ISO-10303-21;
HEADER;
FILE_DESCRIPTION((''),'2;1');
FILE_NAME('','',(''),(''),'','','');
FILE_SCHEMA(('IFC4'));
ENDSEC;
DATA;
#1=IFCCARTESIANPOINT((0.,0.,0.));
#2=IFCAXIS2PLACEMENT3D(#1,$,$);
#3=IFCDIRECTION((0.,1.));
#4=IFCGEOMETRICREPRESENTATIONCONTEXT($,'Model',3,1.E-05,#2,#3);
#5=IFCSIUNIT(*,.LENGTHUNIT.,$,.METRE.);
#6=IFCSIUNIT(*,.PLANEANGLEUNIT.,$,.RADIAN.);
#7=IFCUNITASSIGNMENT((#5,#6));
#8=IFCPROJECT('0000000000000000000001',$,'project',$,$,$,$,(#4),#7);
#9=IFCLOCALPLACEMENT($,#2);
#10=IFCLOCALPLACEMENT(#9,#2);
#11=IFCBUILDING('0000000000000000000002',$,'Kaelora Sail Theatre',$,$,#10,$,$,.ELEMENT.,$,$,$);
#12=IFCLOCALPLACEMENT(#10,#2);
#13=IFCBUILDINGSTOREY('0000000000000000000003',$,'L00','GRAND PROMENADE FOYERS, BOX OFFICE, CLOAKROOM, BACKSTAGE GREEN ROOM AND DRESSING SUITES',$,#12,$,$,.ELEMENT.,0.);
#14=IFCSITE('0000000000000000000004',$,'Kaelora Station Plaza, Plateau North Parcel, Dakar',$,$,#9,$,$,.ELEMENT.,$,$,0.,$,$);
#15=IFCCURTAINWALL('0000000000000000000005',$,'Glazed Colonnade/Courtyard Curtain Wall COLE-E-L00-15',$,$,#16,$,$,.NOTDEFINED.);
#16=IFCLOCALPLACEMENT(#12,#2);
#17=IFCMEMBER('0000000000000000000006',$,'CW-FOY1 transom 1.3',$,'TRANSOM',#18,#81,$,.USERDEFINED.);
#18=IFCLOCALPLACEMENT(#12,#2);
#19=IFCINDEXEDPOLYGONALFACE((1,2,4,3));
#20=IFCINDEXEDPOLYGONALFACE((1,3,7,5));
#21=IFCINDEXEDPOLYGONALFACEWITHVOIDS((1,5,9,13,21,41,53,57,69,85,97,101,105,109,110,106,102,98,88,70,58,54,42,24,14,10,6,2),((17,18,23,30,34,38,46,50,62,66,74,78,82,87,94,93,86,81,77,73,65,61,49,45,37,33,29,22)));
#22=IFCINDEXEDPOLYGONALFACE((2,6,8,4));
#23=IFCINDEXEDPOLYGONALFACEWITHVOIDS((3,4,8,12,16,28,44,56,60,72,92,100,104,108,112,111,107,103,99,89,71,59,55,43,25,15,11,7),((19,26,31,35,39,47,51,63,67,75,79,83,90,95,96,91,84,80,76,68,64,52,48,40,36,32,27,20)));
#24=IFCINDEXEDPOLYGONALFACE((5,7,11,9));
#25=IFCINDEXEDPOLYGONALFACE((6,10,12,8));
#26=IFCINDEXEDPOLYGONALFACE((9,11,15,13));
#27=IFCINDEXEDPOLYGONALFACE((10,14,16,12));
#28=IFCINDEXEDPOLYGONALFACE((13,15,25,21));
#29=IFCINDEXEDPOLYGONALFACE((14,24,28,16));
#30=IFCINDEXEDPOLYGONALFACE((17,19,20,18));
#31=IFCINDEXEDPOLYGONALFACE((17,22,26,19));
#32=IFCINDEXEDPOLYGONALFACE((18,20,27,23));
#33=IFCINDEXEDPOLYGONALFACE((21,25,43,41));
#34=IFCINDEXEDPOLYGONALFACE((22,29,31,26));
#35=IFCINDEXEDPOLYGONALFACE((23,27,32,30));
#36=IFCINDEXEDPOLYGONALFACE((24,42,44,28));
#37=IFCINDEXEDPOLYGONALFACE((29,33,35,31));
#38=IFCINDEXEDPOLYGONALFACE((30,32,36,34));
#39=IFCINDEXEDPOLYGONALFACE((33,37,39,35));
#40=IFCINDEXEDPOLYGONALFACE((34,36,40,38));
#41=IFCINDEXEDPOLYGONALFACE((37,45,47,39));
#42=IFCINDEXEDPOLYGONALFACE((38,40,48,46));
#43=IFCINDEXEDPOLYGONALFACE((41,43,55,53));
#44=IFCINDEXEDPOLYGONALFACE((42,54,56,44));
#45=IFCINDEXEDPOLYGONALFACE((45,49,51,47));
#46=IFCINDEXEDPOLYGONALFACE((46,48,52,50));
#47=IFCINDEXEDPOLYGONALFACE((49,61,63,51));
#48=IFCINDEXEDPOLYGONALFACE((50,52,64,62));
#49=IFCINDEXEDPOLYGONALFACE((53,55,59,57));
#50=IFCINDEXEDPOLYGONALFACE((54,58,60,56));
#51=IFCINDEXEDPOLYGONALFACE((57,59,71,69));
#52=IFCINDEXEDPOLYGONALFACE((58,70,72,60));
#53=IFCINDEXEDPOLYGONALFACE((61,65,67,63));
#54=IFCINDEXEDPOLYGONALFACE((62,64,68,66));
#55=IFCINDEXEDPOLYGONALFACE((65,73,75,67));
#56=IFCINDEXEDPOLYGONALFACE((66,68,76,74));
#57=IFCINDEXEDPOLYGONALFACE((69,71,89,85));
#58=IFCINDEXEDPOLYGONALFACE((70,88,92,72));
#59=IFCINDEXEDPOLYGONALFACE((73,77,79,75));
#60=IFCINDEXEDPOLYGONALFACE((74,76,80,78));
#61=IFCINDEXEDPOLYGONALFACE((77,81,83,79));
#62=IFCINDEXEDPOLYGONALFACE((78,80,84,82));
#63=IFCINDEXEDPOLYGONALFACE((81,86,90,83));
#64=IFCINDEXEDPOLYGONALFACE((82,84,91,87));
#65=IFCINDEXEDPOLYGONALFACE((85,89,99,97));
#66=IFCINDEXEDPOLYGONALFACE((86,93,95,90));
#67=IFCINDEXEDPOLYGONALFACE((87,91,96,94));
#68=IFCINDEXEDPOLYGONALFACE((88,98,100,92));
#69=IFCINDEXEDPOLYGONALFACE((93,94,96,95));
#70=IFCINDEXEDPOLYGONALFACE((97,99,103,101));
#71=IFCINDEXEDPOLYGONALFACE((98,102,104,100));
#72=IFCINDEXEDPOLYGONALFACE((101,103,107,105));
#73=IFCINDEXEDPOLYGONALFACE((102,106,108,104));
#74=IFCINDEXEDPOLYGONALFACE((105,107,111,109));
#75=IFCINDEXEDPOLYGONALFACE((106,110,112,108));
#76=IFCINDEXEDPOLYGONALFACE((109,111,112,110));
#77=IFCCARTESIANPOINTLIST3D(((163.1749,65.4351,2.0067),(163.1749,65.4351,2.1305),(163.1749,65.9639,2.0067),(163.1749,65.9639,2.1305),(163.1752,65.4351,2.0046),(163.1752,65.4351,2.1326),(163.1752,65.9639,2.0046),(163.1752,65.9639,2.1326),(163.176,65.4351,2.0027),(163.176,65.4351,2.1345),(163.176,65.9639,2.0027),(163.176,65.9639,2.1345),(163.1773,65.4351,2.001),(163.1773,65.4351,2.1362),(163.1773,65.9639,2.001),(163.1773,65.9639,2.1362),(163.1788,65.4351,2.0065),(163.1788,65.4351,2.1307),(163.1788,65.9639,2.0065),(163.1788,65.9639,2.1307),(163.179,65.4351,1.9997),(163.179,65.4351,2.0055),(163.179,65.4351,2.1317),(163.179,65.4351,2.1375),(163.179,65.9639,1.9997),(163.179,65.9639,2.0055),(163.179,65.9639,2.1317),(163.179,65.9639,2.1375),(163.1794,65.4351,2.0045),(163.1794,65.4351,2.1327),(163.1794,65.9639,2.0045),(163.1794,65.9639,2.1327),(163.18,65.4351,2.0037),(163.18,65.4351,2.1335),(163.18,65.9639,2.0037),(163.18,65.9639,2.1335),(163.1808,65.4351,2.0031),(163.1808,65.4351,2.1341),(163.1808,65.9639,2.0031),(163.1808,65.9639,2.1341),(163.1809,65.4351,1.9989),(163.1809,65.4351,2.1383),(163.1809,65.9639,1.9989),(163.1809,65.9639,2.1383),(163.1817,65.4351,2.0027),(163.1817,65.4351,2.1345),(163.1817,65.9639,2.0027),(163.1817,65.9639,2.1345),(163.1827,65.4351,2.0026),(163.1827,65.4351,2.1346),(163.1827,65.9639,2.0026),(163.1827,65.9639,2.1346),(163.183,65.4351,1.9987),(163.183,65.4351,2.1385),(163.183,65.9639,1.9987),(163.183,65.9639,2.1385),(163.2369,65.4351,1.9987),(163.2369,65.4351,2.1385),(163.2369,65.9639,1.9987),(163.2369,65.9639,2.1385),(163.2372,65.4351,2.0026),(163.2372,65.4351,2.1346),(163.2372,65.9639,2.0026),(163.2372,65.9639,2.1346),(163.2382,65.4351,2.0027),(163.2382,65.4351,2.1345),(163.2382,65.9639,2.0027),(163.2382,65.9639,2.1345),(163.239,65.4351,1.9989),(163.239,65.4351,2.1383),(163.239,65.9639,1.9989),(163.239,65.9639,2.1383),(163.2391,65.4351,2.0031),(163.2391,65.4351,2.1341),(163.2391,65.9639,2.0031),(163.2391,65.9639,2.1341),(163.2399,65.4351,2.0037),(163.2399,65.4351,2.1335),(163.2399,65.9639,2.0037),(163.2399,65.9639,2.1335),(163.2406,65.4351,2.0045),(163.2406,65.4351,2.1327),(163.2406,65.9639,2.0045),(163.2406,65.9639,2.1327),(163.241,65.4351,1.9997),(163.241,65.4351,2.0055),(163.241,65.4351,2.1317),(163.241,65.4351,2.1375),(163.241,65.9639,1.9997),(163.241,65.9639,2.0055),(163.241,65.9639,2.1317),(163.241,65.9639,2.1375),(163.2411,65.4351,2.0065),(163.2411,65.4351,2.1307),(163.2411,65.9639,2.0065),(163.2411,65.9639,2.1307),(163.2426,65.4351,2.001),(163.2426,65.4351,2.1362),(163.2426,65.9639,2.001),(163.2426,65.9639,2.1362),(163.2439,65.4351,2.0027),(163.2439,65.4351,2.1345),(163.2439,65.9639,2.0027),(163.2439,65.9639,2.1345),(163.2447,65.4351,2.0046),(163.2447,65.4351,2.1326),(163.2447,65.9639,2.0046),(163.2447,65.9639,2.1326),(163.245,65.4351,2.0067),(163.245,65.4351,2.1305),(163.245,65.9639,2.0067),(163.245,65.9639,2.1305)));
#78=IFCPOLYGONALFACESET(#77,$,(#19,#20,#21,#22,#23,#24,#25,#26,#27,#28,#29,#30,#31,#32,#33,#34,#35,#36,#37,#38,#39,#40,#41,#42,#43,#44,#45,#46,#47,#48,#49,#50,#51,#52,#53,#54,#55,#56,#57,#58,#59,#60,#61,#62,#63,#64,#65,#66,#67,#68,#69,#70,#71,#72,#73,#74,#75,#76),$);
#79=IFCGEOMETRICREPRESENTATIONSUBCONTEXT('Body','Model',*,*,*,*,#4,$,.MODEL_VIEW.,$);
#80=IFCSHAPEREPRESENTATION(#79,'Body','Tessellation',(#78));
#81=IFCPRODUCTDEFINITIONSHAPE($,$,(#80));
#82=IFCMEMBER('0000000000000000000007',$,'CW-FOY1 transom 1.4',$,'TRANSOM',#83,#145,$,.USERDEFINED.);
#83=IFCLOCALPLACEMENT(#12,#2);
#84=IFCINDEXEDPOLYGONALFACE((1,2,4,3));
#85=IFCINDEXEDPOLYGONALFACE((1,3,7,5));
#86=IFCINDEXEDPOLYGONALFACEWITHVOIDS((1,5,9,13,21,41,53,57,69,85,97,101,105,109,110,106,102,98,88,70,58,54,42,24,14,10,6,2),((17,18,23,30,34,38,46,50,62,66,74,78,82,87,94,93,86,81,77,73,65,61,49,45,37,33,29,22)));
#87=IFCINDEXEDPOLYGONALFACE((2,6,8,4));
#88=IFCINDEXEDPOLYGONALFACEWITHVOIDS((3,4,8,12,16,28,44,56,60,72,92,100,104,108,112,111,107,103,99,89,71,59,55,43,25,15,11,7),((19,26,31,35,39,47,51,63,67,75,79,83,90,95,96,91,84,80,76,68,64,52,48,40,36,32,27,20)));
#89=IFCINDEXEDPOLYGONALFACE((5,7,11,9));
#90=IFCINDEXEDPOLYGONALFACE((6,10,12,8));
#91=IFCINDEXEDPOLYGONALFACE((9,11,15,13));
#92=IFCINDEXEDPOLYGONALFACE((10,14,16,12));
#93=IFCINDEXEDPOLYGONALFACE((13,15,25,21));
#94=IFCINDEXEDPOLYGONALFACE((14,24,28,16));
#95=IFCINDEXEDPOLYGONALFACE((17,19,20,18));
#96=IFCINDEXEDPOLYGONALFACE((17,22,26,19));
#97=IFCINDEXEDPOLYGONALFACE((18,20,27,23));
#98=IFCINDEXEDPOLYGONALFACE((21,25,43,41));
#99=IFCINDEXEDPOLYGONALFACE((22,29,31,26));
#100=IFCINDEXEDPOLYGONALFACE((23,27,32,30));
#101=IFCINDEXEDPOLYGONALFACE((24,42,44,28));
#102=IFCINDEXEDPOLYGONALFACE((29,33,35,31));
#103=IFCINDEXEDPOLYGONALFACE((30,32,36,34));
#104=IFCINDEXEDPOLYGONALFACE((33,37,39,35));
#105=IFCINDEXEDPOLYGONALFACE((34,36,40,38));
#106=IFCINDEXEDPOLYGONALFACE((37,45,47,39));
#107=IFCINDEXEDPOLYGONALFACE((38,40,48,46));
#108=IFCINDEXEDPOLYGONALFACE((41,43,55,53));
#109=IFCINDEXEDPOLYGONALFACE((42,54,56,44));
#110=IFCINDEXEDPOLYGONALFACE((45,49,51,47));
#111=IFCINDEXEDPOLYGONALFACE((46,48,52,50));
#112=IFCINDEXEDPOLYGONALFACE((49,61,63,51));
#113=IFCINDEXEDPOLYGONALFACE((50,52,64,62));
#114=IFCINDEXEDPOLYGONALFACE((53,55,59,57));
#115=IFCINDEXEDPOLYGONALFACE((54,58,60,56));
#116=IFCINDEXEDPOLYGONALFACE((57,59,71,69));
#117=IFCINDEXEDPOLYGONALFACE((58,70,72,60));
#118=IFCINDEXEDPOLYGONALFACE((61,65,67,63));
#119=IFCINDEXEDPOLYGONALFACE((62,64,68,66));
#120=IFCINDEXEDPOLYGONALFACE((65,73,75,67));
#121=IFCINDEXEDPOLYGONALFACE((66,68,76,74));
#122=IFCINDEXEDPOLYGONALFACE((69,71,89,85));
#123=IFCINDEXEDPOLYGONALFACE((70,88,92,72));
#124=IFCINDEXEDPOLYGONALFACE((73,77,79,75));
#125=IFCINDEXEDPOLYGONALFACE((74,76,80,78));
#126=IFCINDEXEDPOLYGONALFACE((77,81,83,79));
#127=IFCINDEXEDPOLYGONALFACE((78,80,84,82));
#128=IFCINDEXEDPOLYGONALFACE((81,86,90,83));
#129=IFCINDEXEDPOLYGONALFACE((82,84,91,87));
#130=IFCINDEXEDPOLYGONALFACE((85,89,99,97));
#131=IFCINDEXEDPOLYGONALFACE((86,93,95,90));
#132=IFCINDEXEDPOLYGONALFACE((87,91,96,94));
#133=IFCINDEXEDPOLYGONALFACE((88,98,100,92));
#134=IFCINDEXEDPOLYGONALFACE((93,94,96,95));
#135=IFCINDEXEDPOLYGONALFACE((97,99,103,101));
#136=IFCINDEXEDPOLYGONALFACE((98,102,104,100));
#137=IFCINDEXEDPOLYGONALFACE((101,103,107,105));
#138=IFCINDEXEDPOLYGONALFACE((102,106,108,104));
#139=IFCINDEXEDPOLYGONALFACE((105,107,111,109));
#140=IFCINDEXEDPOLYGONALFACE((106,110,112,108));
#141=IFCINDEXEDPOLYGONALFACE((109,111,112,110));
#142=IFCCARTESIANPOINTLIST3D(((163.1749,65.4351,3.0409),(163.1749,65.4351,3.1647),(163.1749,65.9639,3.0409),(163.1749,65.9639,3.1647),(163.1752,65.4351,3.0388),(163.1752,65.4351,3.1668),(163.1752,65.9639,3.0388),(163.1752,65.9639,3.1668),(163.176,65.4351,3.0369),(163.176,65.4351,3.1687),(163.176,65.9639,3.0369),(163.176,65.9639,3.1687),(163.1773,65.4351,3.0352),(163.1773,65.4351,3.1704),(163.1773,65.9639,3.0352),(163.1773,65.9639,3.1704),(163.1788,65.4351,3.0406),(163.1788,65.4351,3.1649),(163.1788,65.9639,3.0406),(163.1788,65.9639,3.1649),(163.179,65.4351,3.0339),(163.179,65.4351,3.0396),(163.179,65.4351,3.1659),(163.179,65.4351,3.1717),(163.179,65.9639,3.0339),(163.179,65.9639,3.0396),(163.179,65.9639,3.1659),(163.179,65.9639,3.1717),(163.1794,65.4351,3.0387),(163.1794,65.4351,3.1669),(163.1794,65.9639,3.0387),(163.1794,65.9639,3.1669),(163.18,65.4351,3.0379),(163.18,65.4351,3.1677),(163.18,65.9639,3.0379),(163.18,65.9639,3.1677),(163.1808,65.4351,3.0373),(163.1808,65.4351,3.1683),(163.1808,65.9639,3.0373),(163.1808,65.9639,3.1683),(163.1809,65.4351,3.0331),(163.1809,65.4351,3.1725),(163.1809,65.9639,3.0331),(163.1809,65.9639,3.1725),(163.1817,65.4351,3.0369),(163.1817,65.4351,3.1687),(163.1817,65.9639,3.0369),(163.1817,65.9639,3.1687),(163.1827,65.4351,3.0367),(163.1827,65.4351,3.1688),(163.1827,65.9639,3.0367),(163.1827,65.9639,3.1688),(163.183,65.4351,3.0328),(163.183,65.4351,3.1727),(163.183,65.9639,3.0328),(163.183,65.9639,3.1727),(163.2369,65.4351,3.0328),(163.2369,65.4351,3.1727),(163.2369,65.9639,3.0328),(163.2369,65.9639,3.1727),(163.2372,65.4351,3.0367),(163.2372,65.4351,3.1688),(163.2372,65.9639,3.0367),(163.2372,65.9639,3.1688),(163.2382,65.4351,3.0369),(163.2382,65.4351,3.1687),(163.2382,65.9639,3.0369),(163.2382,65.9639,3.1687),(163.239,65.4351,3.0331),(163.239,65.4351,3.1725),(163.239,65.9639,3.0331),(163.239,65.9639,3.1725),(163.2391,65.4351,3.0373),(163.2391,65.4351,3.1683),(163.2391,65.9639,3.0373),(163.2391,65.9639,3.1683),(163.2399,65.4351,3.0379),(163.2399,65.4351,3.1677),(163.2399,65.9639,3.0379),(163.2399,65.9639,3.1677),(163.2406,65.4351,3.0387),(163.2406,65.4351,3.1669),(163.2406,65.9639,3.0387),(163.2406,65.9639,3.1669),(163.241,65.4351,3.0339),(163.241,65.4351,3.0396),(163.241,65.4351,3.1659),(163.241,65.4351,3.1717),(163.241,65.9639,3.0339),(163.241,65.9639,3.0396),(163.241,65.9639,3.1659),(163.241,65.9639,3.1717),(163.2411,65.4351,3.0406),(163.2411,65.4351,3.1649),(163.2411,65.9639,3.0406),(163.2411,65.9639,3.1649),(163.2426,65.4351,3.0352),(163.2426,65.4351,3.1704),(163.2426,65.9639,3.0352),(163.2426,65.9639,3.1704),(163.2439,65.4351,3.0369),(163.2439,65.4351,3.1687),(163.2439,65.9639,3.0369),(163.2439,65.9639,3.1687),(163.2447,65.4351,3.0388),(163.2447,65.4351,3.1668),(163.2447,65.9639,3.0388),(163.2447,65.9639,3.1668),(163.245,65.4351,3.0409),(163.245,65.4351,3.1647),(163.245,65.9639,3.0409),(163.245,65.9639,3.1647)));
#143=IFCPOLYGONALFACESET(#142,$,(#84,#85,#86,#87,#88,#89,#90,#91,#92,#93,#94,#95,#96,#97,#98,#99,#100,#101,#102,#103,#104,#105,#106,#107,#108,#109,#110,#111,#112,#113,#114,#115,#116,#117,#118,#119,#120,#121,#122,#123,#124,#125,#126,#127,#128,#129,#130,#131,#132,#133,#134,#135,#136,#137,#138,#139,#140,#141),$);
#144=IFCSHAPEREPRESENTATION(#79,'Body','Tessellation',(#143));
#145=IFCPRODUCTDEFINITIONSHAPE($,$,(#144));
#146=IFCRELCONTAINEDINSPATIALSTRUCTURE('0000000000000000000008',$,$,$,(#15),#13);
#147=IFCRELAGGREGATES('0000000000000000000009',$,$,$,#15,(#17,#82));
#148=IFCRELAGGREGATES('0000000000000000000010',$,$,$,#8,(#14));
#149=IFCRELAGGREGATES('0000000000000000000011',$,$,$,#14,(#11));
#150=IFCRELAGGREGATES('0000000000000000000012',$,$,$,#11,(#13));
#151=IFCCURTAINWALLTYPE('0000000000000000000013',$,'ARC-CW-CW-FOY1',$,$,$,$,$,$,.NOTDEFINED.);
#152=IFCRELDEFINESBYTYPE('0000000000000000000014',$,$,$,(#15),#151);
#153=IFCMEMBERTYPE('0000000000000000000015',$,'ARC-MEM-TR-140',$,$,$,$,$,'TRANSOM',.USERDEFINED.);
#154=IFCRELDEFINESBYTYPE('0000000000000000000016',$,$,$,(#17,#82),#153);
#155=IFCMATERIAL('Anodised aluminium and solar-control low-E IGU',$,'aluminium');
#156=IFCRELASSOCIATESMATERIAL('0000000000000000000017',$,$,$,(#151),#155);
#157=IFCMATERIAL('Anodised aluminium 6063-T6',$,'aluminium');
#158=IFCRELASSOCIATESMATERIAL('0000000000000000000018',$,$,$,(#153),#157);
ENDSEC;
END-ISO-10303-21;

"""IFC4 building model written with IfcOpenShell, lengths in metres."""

from ifc_helpers import new_model, si_unit, direction, frame, origin, origin_2d, place, context, subcontext, project, spatial, hollow_rectangle, extrude, material, material_profile, profile_set, type_object, element, aggregate, save


model = new_model("IFC4")

# Units and contexts
model_context = context("Model", 3, precision=1e-05, world=origin(), true_north=direction((0.0, 1.0)))
body_context = subcontext(model_context, "Body", "Model", "MODEL_VIEW")
ifc_project = project(units=[si_unit("LENGTHUNIT", "METRE"), si_unit("PLANEANGLEUNIT", "RADIAN")], contexts=[model_context])

# Site, building, storey
site_placement = place(None, origin())
site = spatial("IfcSite", under=ifc_project, at=site_placement, Name="Kaelora Station Plaza, Plateau North Parcel, Dakar", CompositionType="ELEMENT", RefElevation=0.0)
building_placement = place(site_placement, origin())
building = spatial("IfcBuilding", under=site, at=building_placement, Name="Kaelora Sail Theatre", CompositionType="ELEMENT")
storey_placement = place(building_placement, origin())
storey = spatial("IfcBuildingStorey", under=building, at=storey_placement, Name="L00", Description="GRAND PROMENADE FOYERS, BOX OFFICE, CLOAKROOM, BACKSTAGE GREEN ROOM AND DRESSING SUITES", CompositionType="ELEMENT", Elevation=0.0)

# Curtain wall, members
ifc_material_1 = material(Name="Anodised aluminium and solar-control low-E IGU", Category="aluminium")
curtain_wall_type = type_object("IfcCurtainWallType", Name="ARC-CW-CW-FOY1", PredefinedType="NOTDEFINED", material=ifc_material_1)
curtain_wall_placement = place(storey_placement, origin())
curtain_wall = element("IfcCurtainWall", 1, at=curtain_wall_placement, inside=storey, type_object=curtain_wall_type, Name="Glazed Colonnade/Courtyard Curtain Wall COLE-E-L00-15", PredefinedType="NOTDEFINED")
ifc_material_2 = material(Name="Anodised aluminium 6063-T6", Category="aluminium")
ifc_material_profile_1 = material_profile(ifc_material_2, hollow_rectangle(XDim=0.0701, YDim=0.1399, WallThickness=0.0039, InnerFilletRadius=0.0039, OuterFilletRadius=0.0081, at=origin_2d()), Name="ALU-TRAN 70x140x4")
ifc_profile_set_1 = profile_set([ifc_material_profile_1], Name="Anodised aluminium 6063-T6")
member_type_1 = type_object("IfcMemberType", Name="ARC-MEM-TR-140", ElementType="TRANSOM", PredefinedType="USERDEFINED", material=ifc_profile_set_1)
member_1_placement = place(storey_placement, frame((163.21, 65.4351, 2.0686), z_axis=(0.0, 1.0, 0.0), x_axis=(-1.0, 0.0, 0.0)))
member_1 = element("IfcMember", 2, at=member_1_placement, type_object=member_type_1, Name="CW-FOY1 transom 1.3", ObjectType="TRANSOM", PredefinedType="USERDEFINED", context=body_context, shape_type="SweptSolid", body=[
    extrude(hollow_rectangle(XDim=0.0701, YDim=0.1399, WallThickness=0.0039, InnerFilletRadius=0.0039, OuterFilletRadius=0.0081, at=origin_2d()), origin(), (0.0, 0.0, 1.0), 0.5288),
])
member_2_placement = place(storey_placement, frame((163.21, 65.4351, 3.1028), z_axis=(0.0, 1.0, 0.0), x_axis=(-1.0, 0.0, 0.0)))
member_2 = element("IfcMember", 3, at=member_2_placement, type_object=member_type_1, Name="CW-FOY1 transom 1.4", ObjectType="TRANSOM", PredefinedType="USERDEFINED", context=body_context, shape_type="SweptSolid", body=[
    extrude(hollow_rectangle(XDim=0.0701, YDim=0.1399, WallThickness=0.0039, InnerFilletRadius=0.0039, OuterFilletRadius=0.0081, at=origin_2d()), origin(), (0.0, 0.0, 1.0), 0.5288),
])
aggregate(curtain_wall, [member_1, member_2])

save(model, "model.ifc")
